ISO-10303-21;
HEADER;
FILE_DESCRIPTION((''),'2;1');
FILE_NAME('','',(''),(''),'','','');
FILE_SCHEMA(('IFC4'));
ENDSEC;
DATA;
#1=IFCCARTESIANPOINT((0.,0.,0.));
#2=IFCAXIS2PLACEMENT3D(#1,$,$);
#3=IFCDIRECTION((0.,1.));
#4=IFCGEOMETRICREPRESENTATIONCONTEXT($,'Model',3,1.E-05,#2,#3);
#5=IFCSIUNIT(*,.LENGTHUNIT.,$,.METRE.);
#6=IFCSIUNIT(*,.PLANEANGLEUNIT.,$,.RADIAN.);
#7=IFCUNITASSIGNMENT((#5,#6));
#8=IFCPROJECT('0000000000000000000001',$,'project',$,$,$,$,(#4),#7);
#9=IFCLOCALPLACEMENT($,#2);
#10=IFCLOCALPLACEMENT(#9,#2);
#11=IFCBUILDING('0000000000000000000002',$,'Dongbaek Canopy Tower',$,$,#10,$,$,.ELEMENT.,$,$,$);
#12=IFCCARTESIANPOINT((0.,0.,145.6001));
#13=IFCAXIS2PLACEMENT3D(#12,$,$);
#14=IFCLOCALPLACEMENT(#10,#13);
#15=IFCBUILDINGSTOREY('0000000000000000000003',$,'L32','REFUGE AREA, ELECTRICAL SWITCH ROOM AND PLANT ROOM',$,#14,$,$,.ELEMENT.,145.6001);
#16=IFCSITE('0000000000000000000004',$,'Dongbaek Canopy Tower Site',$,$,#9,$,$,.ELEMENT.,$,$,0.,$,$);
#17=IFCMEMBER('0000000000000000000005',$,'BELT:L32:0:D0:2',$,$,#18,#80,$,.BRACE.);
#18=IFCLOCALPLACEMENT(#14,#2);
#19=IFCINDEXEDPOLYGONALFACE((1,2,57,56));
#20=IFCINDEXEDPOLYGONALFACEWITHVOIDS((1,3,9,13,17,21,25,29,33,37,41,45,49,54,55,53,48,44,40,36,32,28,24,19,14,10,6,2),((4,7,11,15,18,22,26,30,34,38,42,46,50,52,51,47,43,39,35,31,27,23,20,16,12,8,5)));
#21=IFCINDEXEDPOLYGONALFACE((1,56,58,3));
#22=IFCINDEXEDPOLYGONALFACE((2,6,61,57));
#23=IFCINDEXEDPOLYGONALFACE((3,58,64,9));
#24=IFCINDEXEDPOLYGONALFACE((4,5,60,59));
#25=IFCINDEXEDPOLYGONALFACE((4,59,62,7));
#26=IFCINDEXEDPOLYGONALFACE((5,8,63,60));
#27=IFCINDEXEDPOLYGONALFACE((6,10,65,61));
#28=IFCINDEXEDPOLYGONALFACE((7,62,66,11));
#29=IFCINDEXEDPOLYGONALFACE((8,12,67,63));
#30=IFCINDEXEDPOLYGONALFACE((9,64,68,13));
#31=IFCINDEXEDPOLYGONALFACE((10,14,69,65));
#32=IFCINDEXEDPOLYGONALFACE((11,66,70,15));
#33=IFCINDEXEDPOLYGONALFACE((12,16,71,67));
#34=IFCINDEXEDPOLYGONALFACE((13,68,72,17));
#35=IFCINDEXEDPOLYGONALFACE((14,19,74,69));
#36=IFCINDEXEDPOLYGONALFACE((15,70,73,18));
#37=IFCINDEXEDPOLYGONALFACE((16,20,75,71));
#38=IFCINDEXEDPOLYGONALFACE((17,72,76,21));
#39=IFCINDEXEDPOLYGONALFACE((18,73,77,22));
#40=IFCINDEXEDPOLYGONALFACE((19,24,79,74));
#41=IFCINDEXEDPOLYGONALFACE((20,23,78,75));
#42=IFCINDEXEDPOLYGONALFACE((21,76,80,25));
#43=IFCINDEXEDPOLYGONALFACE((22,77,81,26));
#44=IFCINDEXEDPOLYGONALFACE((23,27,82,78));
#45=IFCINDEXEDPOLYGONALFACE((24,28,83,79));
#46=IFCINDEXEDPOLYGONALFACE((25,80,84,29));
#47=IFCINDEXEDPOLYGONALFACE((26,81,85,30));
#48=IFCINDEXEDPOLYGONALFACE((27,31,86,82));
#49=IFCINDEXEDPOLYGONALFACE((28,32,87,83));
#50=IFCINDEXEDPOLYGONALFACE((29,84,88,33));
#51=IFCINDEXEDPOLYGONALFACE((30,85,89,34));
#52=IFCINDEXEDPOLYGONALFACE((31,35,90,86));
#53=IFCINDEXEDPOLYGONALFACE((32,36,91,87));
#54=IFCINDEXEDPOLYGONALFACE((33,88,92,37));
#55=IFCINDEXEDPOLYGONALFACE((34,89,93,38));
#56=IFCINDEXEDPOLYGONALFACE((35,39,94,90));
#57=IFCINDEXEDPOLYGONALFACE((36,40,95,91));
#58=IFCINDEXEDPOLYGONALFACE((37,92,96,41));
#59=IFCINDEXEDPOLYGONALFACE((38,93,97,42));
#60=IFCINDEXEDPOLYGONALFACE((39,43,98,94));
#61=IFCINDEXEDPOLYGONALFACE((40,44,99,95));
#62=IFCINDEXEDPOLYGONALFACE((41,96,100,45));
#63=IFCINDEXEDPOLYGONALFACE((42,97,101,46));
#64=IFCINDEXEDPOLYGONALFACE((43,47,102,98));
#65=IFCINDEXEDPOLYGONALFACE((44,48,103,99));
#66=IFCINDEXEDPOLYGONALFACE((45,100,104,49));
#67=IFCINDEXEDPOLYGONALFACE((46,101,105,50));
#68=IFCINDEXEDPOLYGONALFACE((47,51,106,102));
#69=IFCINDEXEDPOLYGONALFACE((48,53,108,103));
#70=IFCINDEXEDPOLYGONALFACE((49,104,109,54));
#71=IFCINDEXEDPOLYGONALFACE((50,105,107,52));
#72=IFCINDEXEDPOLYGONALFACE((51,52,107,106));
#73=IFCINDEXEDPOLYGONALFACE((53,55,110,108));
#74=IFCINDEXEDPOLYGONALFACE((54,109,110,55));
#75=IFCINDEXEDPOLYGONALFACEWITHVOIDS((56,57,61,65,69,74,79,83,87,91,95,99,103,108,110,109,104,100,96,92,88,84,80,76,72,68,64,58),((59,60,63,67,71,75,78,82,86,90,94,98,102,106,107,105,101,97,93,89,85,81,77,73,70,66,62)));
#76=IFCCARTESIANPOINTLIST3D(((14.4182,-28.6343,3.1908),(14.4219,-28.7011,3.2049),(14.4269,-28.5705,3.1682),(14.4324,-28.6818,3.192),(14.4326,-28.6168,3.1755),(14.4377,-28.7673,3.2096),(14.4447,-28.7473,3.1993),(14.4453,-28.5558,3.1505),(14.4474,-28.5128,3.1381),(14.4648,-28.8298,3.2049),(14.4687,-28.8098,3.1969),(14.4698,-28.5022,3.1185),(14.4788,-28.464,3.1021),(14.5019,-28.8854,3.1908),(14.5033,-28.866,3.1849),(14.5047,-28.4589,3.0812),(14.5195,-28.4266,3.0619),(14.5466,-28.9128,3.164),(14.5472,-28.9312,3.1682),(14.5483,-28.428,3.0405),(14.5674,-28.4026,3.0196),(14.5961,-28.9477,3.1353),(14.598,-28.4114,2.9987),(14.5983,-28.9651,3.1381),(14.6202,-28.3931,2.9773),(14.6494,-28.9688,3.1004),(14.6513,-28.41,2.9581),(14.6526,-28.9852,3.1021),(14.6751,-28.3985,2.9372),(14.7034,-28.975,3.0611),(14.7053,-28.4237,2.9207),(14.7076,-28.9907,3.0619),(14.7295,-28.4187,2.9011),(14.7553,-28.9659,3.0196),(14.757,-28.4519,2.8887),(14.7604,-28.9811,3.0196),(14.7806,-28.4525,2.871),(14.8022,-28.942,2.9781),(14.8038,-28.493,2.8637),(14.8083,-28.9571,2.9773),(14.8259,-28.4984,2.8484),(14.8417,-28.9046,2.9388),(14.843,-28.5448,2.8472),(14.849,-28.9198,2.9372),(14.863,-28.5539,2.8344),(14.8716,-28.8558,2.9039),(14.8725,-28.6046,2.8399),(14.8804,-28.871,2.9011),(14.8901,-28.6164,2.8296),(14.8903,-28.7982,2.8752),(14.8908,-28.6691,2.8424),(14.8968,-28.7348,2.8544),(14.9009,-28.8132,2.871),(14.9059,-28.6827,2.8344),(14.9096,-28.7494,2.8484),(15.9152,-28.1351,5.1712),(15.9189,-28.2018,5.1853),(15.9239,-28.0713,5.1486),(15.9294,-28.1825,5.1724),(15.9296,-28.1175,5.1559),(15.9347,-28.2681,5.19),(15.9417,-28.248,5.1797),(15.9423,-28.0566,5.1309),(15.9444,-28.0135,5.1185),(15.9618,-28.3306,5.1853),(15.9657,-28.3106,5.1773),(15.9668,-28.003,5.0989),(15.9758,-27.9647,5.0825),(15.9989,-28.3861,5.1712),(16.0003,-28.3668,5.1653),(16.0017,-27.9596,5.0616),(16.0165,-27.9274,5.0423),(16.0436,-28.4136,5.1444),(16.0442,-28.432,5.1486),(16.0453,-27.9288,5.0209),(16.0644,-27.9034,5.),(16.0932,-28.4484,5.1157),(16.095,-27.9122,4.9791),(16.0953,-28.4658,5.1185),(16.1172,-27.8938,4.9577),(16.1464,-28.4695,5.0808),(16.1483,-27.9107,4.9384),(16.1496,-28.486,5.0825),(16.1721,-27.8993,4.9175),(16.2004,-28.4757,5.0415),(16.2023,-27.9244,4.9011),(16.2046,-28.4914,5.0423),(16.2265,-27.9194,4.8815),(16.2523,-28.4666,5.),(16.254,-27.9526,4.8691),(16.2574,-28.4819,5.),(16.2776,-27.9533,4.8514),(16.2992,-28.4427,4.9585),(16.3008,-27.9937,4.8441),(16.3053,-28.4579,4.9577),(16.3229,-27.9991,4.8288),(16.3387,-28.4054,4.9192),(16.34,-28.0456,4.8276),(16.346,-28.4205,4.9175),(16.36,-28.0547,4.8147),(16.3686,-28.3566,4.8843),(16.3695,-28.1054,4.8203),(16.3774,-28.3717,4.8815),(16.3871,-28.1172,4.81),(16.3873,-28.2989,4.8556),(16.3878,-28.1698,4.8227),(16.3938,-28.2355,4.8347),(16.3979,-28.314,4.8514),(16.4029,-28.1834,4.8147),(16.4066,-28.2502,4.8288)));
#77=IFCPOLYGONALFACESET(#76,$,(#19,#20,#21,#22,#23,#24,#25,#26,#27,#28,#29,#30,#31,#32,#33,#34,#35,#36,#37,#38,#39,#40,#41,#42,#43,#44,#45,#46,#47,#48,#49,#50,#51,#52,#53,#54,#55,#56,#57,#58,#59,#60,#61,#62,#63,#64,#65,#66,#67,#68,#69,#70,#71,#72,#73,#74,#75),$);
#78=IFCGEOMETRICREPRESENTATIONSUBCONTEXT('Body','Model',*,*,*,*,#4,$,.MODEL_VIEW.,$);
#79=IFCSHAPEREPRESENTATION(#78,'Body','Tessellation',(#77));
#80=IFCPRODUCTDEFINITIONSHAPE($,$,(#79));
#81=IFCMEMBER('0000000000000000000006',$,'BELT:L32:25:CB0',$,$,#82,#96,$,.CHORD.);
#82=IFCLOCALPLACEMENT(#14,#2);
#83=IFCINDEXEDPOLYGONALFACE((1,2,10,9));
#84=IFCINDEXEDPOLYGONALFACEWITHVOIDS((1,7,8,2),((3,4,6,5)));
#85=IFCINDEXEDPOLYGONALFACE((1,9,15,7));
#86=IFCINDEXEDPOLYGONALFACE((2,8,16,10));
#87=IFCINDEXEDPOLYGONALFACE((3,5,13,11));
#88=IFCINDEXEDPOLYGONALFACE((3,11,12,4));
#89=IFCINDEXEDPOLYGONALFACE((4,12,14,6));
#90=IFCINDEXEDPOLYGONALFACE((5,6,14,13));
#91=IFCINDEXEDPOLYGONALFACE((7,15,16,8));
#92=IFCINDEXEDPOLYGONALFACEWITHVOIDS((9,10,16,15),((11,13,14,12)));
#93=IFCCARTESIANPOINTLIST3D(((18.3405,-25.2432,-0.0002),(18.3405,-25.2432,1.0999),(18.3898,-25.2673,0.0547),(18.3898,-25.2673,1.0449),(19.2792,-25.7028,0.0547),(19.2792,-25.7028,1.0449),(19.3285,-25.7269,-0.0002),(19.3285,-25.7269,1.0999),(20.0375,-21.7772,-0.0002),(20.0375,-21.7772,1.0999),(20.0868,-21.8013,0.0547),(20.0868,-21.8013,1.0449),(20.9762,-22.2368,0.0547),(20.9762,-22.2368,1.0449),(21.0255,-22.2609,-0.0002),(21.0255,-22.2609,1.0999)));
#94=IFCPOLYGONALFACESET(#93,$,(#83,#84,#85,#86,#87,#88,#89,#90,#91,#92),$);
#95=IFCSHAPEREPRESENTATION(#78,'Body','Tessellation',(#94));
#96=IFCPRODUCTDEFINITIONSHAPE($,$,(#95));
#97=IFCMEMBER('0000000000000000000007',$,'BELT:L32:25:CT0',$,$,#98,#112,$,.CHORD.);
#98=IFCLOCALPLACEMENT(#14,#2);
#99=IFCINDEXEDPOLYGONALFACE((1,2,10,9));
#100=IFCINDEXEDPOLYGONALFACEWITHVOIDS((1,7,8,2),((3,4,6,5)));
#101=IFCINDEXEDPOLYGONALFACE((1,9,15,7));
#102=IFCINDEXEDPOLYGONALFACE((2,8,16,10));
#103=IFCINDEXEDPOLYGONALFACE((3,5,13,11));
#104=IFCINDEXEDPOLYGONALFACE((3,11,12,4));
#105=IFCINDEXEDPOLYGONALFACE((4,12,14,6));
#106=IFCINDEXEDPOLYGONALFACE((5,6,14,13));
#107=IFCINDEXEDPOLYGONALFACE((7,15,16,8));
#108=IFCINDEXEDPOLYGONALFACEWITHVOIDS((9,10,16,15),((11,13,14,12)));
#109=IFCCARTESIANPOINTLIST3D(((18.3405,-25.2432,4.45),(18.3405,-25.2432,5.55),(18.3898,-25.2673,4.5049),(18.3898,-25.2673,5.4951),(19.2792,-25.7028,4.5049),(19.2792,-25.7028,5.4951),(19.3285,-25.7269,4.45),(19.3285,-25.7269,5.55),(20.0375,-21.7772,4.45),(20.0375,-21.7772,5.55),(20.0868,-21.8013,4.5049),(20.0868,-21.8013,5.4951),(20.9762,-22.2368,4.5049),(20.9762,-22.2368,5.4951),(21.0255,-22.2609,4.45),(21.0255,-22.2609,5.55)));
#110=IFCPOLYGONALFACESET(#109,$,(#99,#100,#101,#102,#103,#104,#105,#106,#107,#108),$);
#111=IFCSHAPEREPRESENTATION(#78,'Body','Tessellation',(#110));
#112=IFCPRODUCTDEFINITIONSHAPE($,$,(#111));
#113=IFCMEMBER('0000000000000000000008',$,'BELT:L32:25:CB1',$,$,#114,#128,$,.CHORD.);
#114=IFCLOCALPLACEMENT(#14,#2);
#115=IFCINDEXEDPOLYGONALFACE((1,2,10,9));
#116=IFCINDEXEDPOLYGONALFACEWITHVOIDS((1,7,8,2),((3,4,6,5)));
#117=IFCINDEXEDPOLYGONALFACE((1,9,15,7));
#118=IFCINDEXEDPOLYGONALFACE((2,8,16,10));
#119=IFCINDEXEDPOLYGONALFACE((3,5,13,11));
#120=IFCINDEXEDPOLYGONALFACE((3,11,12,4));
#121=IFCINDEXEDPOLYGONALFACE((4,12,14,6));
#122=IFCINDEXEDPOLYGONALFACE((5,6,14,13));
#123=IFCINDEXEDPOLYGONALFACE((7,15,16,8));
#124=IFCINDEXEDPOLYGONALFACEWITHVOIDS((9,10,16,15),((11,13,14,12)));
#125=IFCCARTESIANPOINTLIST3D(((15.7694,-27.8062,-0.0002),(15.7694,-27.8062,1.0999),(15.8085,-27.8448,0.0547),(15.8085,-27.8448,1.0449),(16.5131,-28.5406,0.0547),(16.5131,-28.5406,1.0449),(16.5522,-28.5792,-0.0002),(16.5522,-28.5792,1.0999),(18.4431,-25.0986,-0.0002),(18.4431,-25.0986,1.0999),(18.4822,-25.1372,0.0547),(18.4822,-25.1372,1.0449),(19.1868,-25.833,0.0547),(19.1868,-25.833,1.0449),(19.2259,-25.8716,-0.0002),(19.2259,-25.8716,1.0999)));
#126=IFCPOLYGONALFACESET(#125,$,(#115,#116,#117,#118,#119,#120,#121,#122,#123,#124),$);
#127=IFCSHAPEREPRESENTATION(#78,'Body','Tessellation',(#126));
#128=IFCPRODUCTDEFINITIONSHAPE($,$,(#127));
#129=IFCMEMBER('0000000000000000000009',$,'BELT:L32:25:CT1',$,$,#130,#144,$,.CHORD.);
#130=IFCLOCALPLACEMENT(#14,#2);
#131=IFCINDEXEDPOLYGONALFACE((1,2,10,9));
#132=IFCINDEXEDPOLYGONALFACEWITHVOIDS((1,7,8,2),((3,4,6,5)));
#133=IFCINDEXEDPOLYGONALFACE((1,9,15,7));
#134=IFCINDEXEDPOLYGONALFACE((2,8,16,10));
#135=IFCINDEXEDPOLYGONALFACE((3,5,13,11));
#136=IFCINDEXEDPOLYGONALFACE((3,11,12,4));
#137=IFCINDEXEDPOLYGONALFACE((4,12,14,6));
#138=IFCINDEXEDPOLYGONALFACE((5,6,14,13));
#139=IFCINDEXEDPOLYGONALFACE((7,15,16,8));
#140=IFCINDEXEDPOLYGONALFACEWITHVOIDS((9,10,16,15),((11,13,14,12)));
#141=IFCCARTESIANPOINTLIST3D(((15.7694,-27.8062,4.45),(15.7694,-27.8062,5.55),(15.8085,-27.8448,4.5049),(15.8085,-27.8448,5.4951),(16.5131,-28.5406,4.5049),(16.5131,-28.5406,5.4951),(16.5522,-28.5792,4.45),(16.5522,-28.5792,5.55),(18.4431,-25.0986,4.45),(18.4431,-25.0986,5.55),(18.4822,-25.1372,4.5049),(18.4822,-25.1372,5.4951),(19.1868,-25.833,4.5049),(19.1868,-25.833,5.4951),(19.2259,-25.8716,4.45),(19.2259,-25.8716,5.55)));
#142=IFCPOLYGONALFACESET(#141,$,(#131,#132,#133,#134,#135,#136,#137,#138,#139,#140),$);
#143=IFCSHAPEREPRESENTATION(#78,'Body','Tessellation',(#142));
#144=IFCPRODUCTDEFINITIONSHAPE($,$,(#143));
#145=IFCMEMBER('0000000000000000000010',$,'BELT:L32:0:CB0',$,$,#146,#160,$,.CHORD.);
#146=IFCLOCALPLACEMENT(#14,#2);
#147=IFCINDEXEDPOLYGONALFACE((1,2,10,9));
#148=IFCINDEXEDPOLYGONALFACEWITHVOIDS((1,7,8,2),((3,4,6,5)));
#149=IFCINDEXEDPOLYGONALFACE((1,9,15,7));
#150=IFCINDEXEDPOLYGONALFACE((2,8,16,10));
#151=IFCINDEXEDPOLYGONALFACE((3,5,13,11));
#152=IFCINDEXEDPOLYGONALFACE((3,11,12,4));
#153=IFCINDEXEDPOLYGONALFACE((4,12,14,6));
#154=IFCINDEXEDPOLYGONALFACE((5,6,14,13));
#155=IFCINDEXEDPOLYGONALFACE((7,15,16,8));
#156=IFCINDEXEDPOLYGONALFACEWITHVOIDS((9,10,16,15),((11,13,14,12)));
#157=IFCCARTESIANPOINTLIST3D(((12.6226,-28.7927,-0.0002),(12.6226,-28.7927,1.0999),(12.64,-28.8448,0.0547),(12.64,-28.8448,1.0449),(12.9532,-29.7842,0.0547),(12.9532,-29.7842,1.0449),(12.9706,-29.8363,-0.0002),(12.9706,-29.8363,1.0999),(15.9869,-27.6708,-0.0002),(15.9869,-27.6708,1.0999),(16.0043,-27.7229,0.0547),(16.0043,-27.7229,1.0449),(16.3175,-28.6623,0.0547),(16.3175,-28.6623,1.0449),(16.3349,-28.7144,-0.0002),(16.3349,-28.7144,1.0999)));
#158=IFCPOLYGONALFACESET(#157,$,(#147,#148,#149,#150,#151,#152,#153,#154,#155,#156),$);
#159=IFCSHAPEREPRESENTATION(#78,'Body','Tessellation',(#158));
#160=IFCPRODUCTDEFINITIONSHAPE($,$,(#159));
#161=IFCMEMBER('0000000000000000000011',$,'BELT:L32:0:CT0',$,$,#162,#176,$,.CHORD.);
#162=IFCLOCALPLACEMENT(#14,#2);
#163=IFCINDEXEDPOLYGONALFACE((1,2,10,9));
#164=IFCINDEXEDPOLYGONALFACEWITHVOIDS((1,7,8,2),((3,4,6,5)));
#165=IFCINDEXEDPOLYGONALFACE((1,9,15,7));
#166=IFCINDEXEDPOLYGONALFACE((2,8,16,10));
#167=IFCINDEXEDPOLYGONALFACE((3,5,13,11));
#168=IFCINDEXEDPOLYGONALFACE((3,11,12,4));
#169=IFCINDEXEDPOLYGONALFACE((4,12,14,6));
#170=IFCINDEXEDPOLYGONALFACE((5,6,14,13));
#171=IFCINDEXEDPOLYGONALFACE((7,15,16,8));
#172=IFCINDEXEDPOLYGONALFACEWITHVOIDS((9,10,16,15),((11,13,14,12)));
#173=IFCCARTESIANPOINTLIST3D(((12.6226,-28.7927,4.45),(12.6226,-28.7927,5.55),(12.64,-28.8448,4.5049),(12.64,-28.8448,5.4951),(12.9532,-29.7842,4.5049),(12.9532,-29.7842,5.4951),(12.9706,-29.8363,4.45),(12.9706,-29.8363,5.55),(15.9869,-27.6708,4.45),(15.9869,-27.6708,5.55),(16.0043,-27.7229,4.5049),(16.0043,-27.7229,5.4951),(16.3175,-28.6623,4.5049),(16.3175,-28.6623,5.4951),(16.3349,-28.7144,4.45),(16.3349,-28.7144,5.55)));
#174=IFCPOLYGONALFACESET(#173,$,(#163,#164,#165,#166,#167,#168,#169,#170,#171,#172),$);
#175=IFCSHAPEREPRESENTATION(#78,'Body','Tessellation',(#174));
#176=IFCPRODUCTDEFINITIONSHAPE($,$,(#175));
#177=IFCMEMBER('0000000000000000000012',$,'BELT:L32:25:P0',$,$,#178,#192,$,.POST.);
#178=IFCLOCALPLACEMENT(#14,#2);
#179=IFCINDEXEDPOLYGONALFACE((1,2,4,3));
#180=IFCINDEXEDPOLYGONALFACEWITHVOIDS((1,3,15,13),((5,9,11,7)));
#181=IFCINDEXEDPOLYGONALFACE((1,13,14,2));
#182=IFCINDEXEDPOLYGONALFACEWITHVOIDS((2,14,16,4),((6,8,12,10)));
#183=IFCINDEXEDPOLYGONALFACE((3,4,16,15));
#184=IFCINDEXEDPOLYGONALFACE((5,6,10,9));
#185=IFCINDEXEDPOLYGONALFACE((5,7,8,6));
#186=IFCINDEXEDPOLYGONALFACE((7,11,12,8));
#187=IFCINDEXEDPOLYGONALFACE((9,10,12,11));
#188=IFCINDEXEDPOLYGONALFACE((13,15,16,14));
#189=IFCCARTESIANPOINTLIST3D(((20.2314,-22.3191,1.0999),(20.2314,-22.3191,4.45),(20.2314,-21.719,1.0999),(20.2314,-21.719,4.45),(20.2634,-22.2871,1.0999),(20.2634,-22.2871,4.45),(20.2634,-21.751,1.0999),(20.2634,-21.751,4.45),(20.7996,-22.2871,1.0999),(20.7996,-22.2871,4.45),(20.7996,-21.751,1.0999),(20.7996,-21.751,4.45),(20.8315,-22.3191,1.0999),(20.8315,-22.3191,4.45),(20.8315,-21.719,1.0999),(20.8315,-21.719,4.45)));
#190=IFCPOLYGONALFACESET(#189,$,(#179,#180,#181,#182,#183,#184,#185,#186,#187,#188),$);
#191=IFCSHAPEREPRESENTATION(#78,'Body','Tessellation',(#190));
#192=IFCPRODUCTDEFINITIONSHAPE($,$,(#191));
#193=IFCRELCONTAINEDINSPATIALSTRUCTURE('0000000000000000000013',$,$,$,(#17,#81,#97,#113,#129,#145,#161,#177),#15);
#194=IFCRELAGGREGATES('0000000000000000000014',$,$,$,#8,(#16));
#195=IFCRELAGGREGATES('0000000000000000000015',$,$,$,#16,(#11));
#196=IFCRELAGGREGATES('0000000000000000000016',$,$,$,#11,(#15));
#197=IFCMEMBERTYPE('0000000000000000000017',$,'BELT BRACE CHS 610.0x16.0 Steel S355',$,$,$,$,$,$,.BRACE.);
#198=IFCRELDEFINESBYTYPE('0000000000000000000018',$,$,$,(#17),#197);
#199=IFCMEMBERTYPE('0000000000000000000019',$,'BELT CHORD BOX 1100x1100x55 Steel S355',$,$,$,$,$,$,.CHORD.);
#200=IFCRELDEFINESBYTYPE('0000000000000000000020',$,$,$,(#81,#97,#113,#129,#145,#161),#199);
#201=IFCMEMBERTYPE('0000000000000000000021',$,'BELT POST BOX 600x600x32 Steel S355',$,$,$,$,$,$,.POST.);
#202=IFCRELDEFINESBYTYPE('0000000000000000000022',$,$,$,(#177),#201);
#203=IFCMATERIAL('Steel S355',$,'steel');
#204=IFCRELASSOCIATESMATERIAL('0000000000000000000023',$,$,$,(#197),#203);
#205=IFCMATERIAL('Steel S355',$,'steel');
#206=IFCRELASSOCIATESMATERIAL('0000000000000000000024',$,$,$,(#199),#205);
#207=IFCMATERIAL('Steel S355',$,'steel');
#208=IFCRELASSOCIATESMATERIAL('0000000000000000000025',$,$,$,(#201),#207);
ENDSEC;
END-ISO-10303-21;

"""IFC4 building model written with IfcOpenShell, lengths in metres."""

from ifc_helpers import new_model, si_unit, direction, frame, origin, origin_2d, place, context, subcontext, project, spatial, hollow_rectangle, hollow_circle, extrude, material, material_profile, profile_set, type_object, element, save


model = new_model("IFC4")

# Units and contexts
model_context = context("Model", 3, precision=1e-05, world=origin(), true_north=direction((0.0, 1.0)))
body_context = subcontext(model_context, "Body", "Model", "MODEL_VIEW")
ifc_project = project(units=[si_unit("LENGTHUNIT", "METRE"), si_unit("PLANEANGLEUNIT", "RADIAN")], contexts=[model_context])

# Site, building, storey
site_placement = place(None, origin())
site = spatial("IfcSite", under=ifc_project, at=site_placement, Name="Dongbaek Canopy Tower Site", CompositionType="ELEMENT", RefElevation=0.0)
building_placement = place(site_placement, origin())
building = spatial("IfcBuilding", under=site, at=building_placement, Name="Dongbaek Canopy Tower", CompositionType="ELEMENT")
storey_placement = place(building_placement, frame((0.0, 0.0, 145.6001)))
storey = spatial("IfcBuildingStorey", under=building, at=storey_placement, Name="L32", Description="REFUGE AREA, ELECTRICAL SWITCH ROOM AND PLANT ROOM", CompositionType="ELEMENT", Elevation=145.6001)

# Members
ifc_material_1 = material(Name="Steel S355", Category="steel")
ifc_material_profile_1 = material_profile(ifc_material_1, hollow_circle(Radius=0.3049, WallThickness=0.0161, at=origin_2d()), Name="BELT BRACE CHS 610.0x16.0 Steel S355")
ifc_profile_set_1 = profile_set([ifc_material_profile_1], Name="Steel S355")
member_type_1 = type_object("IfcMemberType", Name="BELT BRACE CHS 610.0x16.0 Steel S355", PredefinedType="BRACE", material=ifc_profile_set_1)
member_1_placement = place(storey_placement, frame((16.1609, -28.1926, 5.0), z_axis=(-0.591181, -0.197157, -0.782071), x_axis=(0.316367, -0.948637, 0.0)))
element("IfcMember", 1, at=member_1_placement, inside=storey, type_object=member_type_1, Name="BELT:L32:0:D0:2", PredefinedType="BRACE", context=body_context, shape_type="SweptSolid", body=[
    extrude(hollow_circle(Radius=0.3049, WallThickness=0.0161, at=origin_2d()), origin(), (0.0, 0.0, 1.0), 2.5322),
])
ifc_material_2 = material(Name="Steel S355", Category="steel")
ifc_material_profile_2 = material_profile(ifc_material_2, hollow_rectangle(XDim=1.1001, YDim=1.1001, WallThickness=0.0549, at=origin_2d()), Name="BELT CHORD BOX 1100x1100x55 Steel S355")
ifc_profile_set_2 = profile_set([ifc_material_profile_2], Name="Steel S355")
member_type_2 = type_object("IfcMemberType", Name="BELT CHORD BOX 1100x1100x55 Steel S355", PredefinedType="CHORD", material=ifc_profile_set_2)
for number, where, z_axis, x_axis, name in (
    (2, (20.5315, -22.019, 0.5498), (-0.439733, -0.898128, 0.0), (0.898128, -0.439733, 0.0), "BELT:L32:25:CB0"),
    (3, (20.5315, -22.019, 5.0), (-0.439733, -0.898128, 0.0), (0.898128, -0.439733, 0.0), "BELT:L32:25:CT0"),
):
    element("IfcMember", number, at=place(storey_placement, frame(where, z_axis=z_axis, x_axis=x_axis)), inside=storey, type_object=member_type_2, Name=name, PredefinedType="CHORD", context=body_context, shape_type="SweptSolid", body=[
        extrude(hollow_rectangle(XDim=1.1001, YDim=1.1001, WallThickness=0.0549, at=origin_2d()), origin(), (0.0, 0.0, 1.0), 3.8591),
    ])
for number, where, z_axis, x_axis, name in (
    (4, (18.8345, -25.4851, 0.5498), (-0.702633, -0.711552, 0.0), (0.711552, -0.702633, 0.0), "BELT:L32:25:CB1"),
    (5, (18.8345, -25.4851, 5.0), (-0.702633, -0.711552, 0.0), (0.711552, -0.702633, 0.0), "BELT:L32:25:CT1"),
):
    element("IfcMember", number, at=place(storey_placement, frame(where, z_axis=z_axis, x_axis=x_axis)), inside=storey, type_object=member_type_2, Name=name, PredefinedType="CHORD", context=body_context, shape_type="SweptSolid", body=[
        extrude(hollow_rectangle(XDim=1.1001, YDim=1.1001, WallThickness=0.0549, at=origin_2d()), origin(), (0.0, 0.0, 1.0), 3.8052),
    ])
for number, where, z_axis, x_axis, name in (
    (6, (16.1609, -28.1926, 0.5498), (-0.948649, -0.316331, 0.0), (0.316331, -0.948649, 0.0), "BELT:L32:0:CB0"),
    (7, (16.1609, -28.1926, 5.0), (-0.948649, -0.316331, 0.0), (0.316331, -0.948649, 0.0), "BELT:L32:0:CT0"),
):
    element("IfcMember", number, at=place(storey_placement, frame(where, z_axis=z_axis, x_axis=x_axis)), inside=storey, type_object=member_type_2, Name=name, PredefinedType="CHORD", context=body_context, shape_type="SweptSolid", body=[
        extrude(hollow_rectangle(XDim=1.1001, YDim=1.1001, WallThickness=0.0549, at=origin_2d()), origin(), (0.0, 0.0, 1.0), 3.5464),
    ])
ifc_material_3 = material(Name="Steel S355", Category="steel")
ifc_material_profile_3 = material_profile(ifc_material_3, hollow_rectangle(XDim=0.6001, YDim=0.6001, WallThickness=0.032, at=origin_2d()), Name="BELT POST BOX 600x600x32 Steel S355")
ifc_profile_set_3 = profile_set([ifc_material_profile_3], Name="Steel S355")
member_type_3 = type_object("IfcMemberType", Name="BELT POST BOX 600x600x32 Steel S355", PredefinedType="POST", material=ifc_profile_set_3)
for number, where, z_axis, x_axis, name in (
    (8, (20.5315, -22.019, 1.0999), (0.0, 0.0, 1.0), (1.0, 0.0, 0.0), "BELT:L32:25:P0"),
):
    element("IfcMember", number, at=place(storey_placement, frame(where, z_axis=z_axis, x_axis=x_axis)), inside=storey, type_object=member_type_3, Name=name, PredefinedType="POST", context=body_context, shape_type="SweptSolid", body=[
        extrude(hollow_rectangle(XDim=0.6001, YDim=0.6001, WallThickness=0.032, at=origin_2d()), origin(), (0.0, 0.0, 1.0), 3.3501),
    ])

save(model, "model.ifc")
